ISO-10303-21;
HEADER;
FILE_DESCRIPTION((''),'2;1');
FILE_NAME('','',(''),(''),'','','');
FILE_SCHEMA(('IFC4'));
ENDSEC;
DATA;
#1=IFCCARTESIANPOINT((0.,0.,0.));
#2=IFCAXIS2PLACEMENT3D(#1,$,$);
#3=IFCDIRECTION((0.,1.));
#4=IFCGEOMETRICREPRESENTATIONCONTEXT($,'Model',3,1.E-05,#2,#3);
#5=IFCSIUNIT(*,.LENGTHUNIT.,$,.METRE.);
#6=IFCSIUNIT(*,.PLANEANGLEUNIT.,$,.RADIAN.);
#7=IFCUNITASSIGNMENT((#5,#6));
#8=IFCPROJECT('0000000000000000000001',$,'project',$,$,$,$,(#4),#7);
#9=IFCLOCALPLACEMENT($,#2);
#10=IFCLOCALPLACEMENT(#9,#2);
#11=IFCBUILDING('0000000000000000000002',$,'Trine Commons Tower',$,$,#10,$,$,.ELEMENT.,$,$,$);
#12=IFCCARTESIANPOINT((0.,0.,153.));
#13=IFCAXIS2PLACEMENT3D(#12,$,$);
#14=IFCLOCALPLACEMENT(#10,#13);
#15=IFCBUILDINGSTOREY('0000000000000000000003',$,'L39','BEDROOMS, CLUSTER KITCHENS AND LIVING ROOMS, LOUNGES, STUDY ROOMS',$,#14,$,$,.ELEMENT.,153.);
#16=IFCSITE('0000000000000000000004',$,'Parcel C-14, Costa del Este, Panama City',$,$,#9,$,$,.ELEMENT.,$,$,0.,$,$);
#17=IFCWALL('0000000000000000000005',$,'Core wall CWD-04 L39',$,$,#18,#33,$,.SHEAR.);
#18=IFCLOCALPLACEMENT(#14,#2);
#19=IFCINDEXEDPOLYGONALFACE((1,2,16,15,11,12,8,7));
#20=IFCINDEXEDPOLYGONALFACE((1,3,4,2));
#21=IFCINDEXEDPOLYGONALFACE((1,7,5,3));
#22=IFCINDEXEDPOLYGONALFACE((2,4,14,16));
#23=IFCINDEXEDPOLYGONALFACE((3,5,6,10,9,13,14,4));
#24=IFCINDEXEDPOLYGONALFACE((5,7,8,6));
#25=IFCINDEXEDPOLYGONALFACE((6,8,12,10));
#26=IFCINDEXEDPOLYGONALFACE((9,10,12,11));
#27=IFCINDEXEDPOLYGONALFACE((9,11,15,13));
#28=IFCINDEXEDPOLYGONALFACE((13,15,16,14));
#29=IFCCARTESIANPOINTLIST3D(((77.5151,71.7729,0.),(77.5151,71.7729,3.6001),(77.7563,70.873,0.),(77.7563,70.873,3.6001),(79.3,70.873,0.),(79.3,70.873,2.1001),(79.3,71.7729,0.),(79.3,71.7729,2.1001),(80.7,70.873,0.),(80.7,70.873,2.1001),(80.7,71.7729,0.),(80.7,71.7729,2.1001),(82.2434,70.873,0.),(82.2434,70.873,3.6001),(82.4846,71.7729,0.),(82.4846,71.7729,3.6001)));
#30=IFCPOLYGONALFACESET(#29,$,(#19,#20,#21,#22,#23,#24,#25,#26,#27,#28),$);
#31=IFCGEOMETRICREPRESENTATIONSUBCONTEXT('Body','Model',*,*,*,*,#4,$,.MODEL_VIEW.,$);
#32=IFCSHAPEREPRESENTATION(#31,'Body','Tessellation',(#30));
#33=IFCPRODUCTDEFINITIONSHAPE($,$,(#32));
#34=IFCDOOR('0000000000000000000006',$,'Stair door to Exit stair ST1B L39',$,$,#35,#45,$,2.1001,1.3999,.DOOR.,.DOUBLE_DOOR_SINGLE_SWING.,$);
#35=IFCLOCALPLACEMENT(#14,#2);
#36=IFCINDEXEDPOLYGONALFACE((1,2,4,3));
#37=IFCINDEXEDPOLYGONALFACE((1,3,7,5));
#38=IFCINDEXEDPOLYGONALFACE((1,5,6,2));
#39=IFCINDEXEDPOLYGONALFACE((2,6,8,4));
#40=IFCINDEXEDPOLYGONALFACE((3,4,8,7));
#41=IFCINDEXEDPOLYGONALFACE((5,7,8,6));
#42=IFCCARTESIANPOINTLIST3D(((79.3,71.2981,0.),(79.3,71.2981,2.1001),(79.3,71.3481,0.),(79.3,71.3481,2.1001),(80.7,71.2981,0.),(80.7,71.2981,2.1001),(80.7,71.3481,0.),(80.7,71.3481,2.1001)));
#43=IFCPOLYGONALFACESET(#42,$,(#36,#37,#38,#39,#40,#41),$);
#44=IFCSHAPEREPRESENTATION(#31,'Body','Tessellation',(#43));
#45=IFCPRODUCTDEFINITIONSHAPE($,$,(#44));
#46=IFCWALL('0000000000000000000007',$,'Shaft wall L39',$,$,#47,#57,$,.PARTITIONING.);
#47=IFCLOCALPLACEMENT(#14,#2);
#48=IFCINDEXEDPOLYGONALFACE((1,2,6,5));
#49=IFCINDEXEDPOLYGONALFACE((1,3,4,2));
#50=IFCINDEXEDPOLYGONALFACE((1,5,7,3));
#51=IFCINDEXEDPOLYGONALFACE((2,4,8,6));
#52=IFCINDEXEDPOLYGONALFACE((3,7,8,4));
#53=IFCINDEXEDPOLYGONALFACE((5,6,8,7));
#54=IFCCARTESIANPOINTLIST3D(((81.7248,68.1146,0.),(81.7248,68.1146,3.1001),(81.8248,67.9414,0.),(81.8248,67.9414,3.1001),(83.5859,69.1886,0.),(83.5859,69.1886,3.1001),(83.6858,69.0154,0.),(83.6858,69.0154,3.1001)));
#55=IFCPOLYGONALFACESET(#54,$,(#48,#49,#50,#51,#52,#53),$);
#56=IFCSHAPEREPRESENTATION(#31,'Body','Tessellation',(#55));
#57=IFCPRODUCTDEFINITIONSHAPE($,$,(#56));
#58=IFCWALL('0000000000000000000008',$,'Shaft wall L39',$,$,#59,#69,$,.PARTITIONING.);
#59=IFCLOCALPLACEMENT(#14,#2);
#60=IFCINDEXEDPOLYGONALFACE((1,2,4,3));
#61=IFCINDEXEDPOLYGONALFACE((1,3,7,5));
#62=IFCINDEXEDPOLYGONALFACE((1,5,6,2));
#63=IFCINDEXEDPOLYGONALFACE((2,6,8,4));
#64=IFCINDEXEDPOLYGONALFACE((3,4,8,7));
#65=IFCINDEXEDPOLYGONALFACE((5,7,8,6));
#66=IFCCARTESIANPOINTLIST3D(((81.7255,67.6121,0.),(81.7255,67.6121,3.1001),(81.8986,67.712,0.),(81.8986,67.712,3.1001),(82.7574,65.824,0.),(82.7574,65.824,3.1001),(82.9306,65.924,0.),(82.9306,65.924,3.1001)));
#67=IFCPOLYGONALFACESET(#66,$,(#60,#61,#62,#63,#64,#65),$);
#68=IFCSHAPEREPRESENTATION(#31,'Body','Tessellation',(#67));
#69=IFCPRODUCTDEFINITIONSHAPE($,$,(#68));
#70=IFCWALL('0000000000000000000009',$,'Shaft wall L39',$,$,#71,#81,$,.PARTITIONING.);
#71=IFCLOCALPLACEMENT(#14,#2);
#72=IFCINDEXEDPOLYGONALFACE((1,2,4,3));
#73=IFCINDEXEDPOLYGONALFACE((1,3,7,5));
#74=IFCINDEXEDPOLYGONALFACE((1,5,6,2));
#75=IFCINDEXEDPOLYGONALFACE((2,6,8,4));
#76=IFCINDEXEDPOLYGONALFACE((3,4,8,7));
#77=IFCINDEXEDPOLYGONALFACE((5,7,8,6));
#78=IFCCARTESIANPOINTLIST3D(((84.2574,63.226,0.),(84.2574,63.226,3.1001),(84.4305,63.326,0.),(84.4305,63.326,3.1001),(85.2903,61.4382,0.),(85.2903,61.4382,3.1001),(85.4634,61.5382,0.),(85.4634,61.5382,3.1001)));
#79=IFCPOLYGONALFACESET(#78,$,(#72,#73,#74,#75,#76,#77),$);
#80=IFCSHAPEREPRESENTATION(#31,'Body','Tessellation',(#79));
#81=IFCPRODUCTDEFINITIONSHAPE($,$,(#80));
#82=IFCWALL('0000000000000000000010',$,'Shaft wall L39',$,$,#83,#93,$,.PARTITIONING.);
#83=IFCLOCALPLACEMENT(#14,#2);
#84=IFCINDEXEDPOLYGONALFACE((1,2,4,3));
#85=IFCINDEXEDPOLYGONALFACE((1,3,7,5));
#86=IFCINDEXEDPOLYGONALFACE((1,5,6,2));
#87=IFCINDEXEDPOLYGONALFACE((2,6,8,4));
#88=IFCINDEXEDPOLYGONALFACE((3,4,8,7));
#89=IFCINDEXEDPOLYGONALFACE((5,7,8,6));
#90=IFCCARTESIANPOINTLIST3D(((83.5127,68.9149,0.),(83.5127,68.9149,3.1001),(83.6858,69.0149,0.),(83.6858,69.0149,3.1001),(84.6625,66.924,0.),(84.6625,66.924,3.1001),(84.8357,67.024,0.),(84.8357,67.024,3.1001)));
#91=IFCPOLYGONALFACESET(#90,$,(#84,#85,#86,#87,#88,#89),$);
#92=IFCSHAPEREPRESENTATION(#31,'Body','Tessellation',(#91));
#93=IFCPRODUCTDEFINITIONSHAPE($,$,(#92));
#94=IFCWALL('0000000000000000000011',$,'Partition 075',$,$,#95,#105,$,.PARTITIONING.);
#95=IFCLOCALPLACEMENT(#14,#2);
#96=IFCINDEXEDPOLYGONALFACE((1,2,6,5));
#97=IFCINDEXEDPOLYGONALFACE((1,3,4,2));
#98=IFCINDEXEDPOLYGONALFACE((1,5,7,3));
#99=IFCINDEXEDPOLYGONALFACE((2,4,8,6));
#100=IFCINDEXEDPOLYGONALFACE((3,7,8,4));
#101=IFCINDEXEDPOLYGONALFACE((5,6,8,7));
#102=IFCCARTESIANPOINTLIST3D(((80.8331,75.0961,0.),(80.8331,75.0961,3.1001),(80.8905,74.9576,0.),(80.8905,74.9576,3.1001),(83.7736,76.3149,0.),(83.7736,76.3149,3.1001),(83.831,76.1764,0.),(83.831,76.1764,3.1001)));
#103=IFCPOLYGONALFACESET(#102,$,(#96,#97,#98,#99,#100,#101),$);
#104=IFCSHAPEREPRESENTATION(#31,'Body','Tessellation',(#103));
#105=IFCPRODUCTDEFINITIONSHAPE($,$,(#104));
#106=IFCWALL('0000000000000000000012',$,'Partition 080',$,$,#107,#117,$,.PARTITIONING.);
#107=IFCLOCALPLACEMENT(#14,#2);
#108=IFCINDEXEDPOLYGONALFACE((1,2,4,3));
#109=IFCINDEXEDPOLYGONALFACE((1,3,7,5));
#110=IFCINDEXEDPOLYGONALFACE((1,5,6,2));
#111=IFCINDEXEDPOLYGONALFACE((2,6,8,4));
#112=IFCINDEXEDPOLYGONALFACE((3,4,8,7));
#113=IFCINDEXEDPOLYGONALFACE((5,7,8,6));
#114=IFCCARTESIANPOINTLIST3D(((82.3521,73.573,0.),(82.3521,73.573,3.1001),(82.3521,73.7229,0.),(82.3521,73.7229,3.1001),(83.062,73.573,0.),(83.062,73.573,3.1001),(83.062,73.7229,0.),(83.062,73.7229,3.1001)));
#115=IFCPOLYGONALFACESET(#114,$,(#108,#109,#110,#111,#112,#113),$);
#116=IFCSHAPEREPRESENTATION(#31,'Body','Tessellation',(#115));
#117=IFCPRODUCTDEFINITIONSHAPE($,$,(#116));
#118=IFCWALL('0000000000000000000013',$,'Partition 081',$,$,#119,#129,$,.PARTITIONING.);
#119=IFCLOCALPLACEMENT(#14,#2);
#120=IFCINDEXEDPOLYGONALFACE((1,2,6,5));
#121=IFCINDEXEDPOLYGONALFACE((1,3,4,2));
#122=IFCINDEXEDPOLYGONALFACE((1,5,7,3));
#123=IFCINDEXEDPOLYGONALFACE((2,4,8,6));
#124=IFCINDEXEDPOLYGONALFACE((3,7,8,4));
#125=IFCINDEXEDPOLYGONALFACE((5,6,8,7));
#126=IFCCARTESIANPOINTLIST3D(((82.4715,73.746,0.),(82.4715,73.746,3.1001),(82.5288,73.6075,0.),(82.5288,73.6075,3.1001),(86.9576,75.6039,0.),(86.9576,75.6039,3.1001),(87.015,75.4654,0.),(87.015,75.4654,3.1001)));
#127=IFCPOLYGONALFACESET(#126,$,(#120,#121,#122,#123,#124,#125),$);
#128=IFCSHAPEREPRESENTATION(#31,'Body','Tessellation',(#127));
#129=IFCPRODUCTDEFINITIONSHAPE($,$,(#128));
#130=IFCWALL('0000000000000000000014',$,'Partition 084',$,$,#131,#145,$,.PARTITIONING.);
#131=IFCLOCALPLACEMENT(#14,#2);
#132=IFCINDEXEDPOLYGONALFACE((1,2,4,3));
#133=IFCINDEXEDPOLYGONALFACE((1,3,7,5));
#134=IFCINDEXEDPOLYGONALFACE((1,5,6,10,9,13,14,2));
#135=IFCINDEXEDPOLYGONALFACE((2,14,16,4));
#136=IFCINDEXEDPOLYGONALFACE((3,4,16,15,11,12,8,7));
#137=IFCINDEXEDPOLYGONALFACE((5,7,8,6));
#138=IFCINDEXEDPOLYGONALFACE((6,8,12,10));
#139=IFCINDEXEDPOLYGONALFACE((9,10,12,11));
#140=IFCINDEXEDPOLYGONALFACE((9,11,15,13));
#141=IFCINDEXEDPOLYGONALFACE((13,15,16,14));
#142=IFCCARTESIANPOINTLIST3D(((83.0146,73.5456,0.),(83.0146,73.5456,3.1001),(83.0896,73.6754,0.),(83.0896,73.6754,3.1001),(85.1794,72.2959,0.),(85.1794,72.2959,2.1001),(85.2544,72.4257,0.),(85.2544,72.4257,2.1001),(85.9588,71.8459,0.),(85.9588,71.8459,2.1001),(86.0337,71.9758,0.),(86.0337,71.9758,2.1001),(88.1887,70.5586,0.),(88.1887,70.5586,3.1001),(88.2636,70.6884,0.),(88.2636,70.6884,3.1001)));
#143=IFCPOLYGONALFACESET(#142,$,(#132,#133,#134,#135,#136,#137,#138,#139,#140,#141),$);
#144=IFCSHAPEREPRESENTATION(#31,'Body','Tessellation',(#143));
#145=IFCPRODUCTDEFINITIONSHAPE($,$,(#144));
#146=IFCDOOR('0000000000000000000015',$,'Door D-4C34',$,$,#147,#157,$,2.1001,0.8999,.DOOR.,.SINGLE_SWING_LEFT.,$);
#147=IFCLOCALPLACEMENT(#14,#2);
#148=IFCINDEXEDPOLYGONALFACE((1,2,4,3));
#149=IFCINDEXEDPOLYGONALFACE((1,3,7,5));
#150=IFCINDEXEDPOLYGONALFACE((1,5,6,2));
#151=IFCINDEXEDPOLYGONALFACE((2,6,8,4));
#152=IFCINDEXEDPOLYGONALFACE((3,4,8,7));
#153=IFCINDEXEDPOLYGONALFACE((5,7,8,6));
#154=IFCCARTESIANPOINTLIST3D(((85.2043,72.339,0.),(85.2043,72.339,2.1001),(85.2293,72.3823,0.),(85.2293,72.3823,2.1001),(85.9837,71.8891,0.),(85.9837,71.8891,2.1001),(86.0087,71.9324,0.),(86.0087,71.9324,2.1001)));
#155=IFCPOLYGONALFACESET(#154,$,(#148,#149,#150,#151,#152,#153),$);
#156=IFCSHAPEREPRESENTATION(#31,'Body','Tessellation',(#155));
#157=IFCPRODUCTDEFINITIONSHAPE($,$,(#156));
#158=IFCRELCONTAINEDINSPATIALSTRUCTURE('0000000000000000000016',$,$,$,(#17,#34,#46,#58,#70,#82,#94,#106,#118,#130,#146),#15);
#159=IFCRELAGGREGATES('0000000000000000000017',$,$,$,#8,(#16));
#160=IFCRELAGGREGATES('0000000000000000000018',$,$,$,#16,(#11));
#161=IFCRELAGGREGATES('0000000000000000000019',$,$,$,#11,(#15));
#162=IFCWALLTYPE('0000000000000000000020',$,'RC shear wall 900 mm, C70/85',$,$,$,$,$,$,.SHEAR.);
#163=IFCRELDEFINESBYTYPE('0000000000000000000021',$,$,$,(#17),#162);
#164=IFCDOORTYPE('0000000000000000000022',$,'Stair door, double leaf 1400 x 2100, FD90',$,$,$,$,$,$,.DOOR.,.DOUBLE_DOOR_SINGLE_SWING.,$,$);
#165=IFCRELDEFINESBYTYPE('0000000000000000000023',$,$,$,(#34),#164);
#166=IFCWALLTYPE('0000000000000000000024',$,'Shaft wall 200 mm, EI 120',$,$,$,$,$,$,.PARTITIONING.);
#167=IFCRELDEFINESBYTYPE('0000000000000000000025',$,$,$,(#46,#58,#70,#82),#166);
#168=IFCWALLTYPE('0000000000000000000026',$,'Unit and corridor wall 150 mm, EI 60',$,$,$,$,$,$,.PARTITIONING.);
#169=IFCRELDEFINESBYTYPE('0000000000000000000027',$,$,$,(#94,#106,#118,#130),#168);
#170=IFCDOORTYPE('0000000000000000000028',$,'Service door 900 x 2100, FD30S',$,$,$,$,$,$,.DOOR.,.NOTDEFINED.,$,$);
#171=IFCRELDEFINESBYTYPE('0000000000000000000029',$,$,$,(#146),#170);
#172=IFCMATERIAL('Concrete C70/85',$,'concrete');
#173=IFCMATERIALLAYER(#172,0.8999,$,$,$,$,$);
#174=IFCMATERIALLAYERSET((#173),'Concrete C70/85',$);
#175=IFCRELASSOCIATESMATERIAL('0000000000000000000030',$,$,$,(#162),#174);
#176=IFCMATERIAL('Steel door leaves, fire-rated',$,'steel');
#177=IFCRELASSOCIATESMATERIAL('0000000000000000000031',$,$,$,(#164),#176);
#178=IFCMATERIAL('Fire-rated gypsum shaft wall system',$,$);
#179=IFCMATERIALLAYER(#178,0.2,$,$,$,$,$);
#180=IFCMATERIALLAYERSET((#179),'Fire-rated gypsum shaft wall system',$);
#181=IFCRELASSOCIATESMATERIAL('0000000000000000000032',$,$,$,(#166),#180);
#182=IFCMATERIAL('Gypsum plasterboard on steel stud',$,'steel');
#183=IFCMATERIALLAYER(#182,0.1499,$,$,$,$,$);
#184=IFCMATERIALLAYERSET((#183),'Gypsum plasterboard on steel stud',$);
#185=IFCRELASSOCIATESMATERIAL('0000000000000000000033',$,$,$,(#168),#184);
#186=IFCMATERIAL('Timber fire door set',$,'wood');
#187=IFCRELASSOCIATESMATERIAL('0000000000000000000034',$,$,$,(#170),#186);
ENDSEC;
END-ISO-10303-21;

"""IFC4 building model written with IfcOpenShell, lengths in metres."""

from ifc_helpers import new_model, si_unit, direction, frame, frame_2d, origin, place, context, subcontext, project, spatial, polyline, rectangle, outline, extrude, material, layer, layer_set, type_object, element, fill, save


model = new_model("IFC4")

# Units and contexts
model_context = context("Model", 3, precision=1e-05, world=origin(), true_north=direction((0.0, 1.0)))
body_context = subcontext(model_context, "Body", "Model", "MODEL_VIEW")
ifc_project = project(units=[si_unit("LENGTHUNIT", "METRE"), si_unit("PLANEANGLEUNIT", "RADIAN")], contexts=[model_context])

# Site, building, storey
site_placement = place(None, origin())
site = spatial("IfcSite", under=ifc_project, at=site_placement, Name="Parcel C-14, Costa del Este, Panama City", CompositionType="ELEMENT", RefElevation=0.0)
building_placement = place(site_placement, origin())
building = spatial("IfcBuilding", under=site, at=building_placement, Name="Trine Commons Tower", CompositionType="ELEMENT")
storey_placement = place(building_placement, frame((0.0, 0.0, 153.0)))
storey = spatial("IfcBuildingStorey", under=building, at=storey_placement, Name="L39", Description="BEDROOMS, CLUSTER KITCHENS AND LIVING ROOMS, LOUNGES, STUDY ROOMS", CompositionType="ELEMENT", Elevation=153.0)

# Shared definitions
ifc_material_1 = material(Name="Fire-rated gypsum shaft wall system")
ifc_material_2 = material(Name="Concrete C70/85", Category="concrete")

# Wall, opening, door
ifc_layer_1 = layer(ifc_material_2, 0.8999)
ifc_layer_set_1 = layer_set([ifc_layer_1], Name="Concrete C70/85")
wall_type_1 = type_object("IfcWallType", Name="RC shear wall 900 mm, C70/85", PredefinedType="SHEAR", material=ifc_layer_set_1)
wall_1_placement = place(storey_placement, frame((82.4846, 71.323, 0.0), z_axis=(0.0, 0.0, 1.0), x_axis=(-1.0, 0.0, 0.0)))
wall_1 = element("IfcWall", 1, at=wall_1_placement, inside=storey, type_object=wall_type_1, Name="Core wall CWD-04 L39", PredefinedType="SHEAR", context=body_context, shape_type="SweptSolid", body=[
    extrude(outline(polyline([(0.0, -0.45), (4.9695, -0.45), (4.7283, 0.45), (0.2412, 0.45), (0.0, -0.45)])), origin(), (0.0, 0.0, 1.0), 3.6001),
])
opening_1_placement = place(wall_1_placement, frame((1.7847, 0.0, 0.0)))
opening_1 = element("IfcOpeningElement", 2, at=opening_1_placement, cuts=wall_1, PredefinedType="OPENING", context=body_context, shape_type="SweptSolid", body=[
    extrude(rectangle(XDim=1.3999, YDim=2.1001, at=frame_2d((0.7, 1.05))), frame((0.0, 0.46, 0.0), z_axis=(0.0, -1.0, 0.0), x_axis=(1.0, 0.0, 0.0)), (0.0, 0.0, 1.0), 0.9199),
])
ifc_material_3 = material(Name="Steel door leaves, fire-rated", Category="steel")
door_type_1 = type_object("IfcDoorType", Name="Stair door, double leaf 1400 x 2100, FD90", OperationType="DOUBLE_DOOR_SINGLE_SWING", PredefinedType="DOOR", material=ifc_material_3)
door_1_placement = place(opening_1_placement, origin())
door_1 = element("IfcDoor", 3, at=door_1_placement, inside=storey, type_object=door_type_1, Name="Stair door to Exit stair ST1B L39", OperationType="DOUBLE_DOOR_SINGLE_SWING", OverallHeight=2.1001, OverallWidth=1.3999, PredefinedType="DOOR", context=body_context, shape_type="SweptSolid", body=[
    extrude(rectangle(XDim=1.3999, YDim=2.1001, at=frame_2d((0.7, 1.05))), frame((0.0, 0.0249, 0.0), z_axis=(0.0, -1.0, 0.0), x_axis=(1.0, 0.0, 0.0)), (0.0, 0.0, 1.0), 0.05),
])
fill(opening_1, door_1)

# Walls
ifc_layer_2 = layer(ifc_material_1, 0.2)
ifc_layer_set_2 = layer_set([ifc_layer_2], Name="Fire-rated gypsum shaft wall system")
wall_type_2 = type_object("IfcWallType", Name="Shaft wall 200 mm, EI 120", PredefinedType="PARTITIONING", material=ifc_layer_set_2)
wall_2_placement = place(storey_placement, frame((81.7749, 68.0281, 0.0), z_axis=(0.0, 0.0, 1.0), x_axis=(0.866131, 0.499818, 0.0)))
element("IfcWall", 4, at=wall_2_placement, inside=storey, type_object=wall_type_2, Name="Shaft wall L39", PredefinedType="PARTITIONING", context=body_context, shape_type="SweptSolid", body=[
    extrude(rectangle(XDim=2.1487, YDim=0.2, at=frame_2d((1.0742, 0.0))), origin(), (0.0, 0.0, 1.0), 3.1001),
])
wall_3_placement = place(storey_placement, frame((82.844, 65.874, 0.0), z_axis=(0.0, 0.0, 1.0), x_axis=(-0.499866, 0.866103, 0.0)))
element("IfcWall", 5, at=wall_3_placement, inside=storey, type_object=wall_type_2, Name="Shaft wall L39", PredefinedType="PARTITIONING", context=body_context, shape_type="SweptSolid", body=[
    extrude(rectangle(XDim=2.0645, YDim=0.2, at=frame_2d((1.0322, 0.0))), origin(), (0.0, 0.0, 1.0), 3.1001),
])
wall_4_placement = place(storey_placement, frame((84.344, 63.2759, 0.0), z_axis=(0.0, 0.0, 1.0), x_axis=(0.500272, -0.865868, 0.0)))
element("IfcWall", 6, at=wall_4_placement, inside=storey, type_object=wall_type_2, Name="Shaft wall L39", PredefinedType="PARTITIONING", context=body_context, shape_type="SweptSolid", body=[
    extrude(rectangle(XDim=2.0647, YDim=0.2, at=frame_2d((1.0322, 0.0))), origin(), (0.0, 0.0, 1.0), 3.1001),
])
wall_5_placement = place(storey_placement, frame((84.749, 66.9741, 0.0), z_axis=(0.0, 0.0, 1.0), x_axis=(-0.500136, 0.865947, 0.0)))
element("IfcWall", 7, at=wall_5_placement, inside=storey, type_object=wall_type_2, Name="Shaft wall L39", PredefinedType="PARTITIONING", context=body_context, shape_type="SweptSolid", body=[
    extrude(rectangle(XDim=2.2991, YDim=0.2, at=frame_2d((1.1494, 0.0))), origin(), (0.0, 0.0, 1.0), 3.1001),
])
ifc_material_4 = material(Name="Gypsum plasterboard on steel stud", Category="steel")
ifc_layer_3 = layer(ifc_material_4, 0.1499)
ifc_layer_set_3 = layer_set([ifc_layer_3], Name="Gypsum plasterboard on steel stud")
wall_type_3 = type_object("IfcWallType", Name="Unit and corridor wall 150 mm, EI 60", PredefinedType="PARTITIONING", material=ifc_layer_set_3)
wall_6_placement = place(storey_placement, frame((80.8618, 75.0269, 0.0), z_axis=(0.0, 0.0, 1.0), x_axis=(0.923792, 0.382894, 0.0)))
element("IfcWall", 8, at=wall_6_placement, inside=storey, type_object=wall_type_3, Name="Partition 075", PredefinedType="PARTITIONING", context=body_context, shape_type="SweptSolid", body=[
    extrude(rectangle(XDim=3.1831, YDim=0.1499, at=frame_2d((1.5916, 0.0))), origin(), (0.0, 0.0, 1.0), 3.1001),
])
wall_7_placement = place(storey_placement, frame((82.3521, 73.6479, 0.0), z_axis=(0.0, 0.0, 1.0), x_axis=(1.0, 0.0, 0.0)))
element("IfcWall", 9, at=wall_7_placement, inside=storey, type_object=wall_type_3, Name="Partition 080", PredefinedType="PARTITIONING", context=body_context, shape_type="SweptSolid", body=[
    extrude(rectangle(XDim=0.71, YDim=0.1499, at=frame_2d((0.355, 0.0))), origin(), (0.0, 0.0, 1.0), 3.1001),
])
wall_8_placement = place(storey_placement, frame((82.5002, 73.6768, 0.0), z_axis=(0.0, 0.0, 1.0), x_axis=(0.9239, 0.382633, 0.0)))
element("IfcWall", 10, at=wall_8_placement, inside=storey, type_object=wall_type_3, Name="Partition 081", PredefinedType="PARTITIONING", context=body_context, shape_type="SweptSolid", body=[
    extrude(rectangle(XDim=4.8557, YDim=0.1499, at=frame_2d((2.4277, 0.0))), origin(), (0.0, 0.0, 1.0), 3.1001),
])

# Wall, opening, door
wall_9_placement = place(storey_placement, frame((83.052, 73.6106, 0.0), z_axis=(0.0, 0.0, 1.0), x_axis=(0.866039, -0.499976, 0.0)))
wall_9 = element("IfcWall", 11, at=wall_9_placement, inside=storey, type_object=wall_type_3, Name="Partition 084", PredefinedType="PARTITIONING", context=body_context, shape_type="SweptSolid", body=[
    extrude(rectangle(XDim=5.9744, YDim=0.1499, at=frame_2d((2.9873, 0.0))), origin(), (0.0, 0.0, 1.0), 3.1001),
])
opening_2_placement = place(wall_9_placement, frame((2.4998, 0.0, 0.0)))
opening_2 = element("IfcOpeningElement", 12, at=opening_2_placement, cuts=wall_9, PredefinedType="OPENING", context=body_context, shape_type="SweptSolid", body=[
    extrude(rectangle(XDim=0.8999, YDim=2.1001, at=frame_2d((0.45, 1.05))), frame((0.0, 0.085, 0.0), z_axis=(0.0, -1.0, 0.0), x_axis=(1.0, 0.0, 0.0)), (0.0, 0.0, 1.0), 0.1699),
])
ifc_material_5 = material(Name="Timber fire door set", Category="wood")
door_type_2 = type_object("IfcDoorType", Name="Service door 900 x 2100, FD30S", OperationType="NOTDEFINED", PredefinedType="DOOR", material=ifc_material_5)
door_2_placement = place(opening_2_placement, origin())
door_2 = element("IfcDoor", 13, at=door_2_placement, inside=storey, type_object=door_type_2, Name="Door D-4C34", OperationType="SINGLE_SWING_LEFT", OverallHeight=2.1001, OverallWidth=0.8999, PredefinedType="DOOR", context=body_context, shape_type="SweptSolid", body=[
    extrude(rectangle(XDim=0.8999, YDim=2.1001, at=frame_2d((0.45, 1.05))), frame((0.0, 0.0249, 0.0), z_axis=(0.0, -1.0, 0.0), x_axis=(1.0, 0.0, 0.0)), (0.0, 0.0, 1.0), 0.05),
])
fill(opening_2, door_2)

save(model, "model.ifc")
